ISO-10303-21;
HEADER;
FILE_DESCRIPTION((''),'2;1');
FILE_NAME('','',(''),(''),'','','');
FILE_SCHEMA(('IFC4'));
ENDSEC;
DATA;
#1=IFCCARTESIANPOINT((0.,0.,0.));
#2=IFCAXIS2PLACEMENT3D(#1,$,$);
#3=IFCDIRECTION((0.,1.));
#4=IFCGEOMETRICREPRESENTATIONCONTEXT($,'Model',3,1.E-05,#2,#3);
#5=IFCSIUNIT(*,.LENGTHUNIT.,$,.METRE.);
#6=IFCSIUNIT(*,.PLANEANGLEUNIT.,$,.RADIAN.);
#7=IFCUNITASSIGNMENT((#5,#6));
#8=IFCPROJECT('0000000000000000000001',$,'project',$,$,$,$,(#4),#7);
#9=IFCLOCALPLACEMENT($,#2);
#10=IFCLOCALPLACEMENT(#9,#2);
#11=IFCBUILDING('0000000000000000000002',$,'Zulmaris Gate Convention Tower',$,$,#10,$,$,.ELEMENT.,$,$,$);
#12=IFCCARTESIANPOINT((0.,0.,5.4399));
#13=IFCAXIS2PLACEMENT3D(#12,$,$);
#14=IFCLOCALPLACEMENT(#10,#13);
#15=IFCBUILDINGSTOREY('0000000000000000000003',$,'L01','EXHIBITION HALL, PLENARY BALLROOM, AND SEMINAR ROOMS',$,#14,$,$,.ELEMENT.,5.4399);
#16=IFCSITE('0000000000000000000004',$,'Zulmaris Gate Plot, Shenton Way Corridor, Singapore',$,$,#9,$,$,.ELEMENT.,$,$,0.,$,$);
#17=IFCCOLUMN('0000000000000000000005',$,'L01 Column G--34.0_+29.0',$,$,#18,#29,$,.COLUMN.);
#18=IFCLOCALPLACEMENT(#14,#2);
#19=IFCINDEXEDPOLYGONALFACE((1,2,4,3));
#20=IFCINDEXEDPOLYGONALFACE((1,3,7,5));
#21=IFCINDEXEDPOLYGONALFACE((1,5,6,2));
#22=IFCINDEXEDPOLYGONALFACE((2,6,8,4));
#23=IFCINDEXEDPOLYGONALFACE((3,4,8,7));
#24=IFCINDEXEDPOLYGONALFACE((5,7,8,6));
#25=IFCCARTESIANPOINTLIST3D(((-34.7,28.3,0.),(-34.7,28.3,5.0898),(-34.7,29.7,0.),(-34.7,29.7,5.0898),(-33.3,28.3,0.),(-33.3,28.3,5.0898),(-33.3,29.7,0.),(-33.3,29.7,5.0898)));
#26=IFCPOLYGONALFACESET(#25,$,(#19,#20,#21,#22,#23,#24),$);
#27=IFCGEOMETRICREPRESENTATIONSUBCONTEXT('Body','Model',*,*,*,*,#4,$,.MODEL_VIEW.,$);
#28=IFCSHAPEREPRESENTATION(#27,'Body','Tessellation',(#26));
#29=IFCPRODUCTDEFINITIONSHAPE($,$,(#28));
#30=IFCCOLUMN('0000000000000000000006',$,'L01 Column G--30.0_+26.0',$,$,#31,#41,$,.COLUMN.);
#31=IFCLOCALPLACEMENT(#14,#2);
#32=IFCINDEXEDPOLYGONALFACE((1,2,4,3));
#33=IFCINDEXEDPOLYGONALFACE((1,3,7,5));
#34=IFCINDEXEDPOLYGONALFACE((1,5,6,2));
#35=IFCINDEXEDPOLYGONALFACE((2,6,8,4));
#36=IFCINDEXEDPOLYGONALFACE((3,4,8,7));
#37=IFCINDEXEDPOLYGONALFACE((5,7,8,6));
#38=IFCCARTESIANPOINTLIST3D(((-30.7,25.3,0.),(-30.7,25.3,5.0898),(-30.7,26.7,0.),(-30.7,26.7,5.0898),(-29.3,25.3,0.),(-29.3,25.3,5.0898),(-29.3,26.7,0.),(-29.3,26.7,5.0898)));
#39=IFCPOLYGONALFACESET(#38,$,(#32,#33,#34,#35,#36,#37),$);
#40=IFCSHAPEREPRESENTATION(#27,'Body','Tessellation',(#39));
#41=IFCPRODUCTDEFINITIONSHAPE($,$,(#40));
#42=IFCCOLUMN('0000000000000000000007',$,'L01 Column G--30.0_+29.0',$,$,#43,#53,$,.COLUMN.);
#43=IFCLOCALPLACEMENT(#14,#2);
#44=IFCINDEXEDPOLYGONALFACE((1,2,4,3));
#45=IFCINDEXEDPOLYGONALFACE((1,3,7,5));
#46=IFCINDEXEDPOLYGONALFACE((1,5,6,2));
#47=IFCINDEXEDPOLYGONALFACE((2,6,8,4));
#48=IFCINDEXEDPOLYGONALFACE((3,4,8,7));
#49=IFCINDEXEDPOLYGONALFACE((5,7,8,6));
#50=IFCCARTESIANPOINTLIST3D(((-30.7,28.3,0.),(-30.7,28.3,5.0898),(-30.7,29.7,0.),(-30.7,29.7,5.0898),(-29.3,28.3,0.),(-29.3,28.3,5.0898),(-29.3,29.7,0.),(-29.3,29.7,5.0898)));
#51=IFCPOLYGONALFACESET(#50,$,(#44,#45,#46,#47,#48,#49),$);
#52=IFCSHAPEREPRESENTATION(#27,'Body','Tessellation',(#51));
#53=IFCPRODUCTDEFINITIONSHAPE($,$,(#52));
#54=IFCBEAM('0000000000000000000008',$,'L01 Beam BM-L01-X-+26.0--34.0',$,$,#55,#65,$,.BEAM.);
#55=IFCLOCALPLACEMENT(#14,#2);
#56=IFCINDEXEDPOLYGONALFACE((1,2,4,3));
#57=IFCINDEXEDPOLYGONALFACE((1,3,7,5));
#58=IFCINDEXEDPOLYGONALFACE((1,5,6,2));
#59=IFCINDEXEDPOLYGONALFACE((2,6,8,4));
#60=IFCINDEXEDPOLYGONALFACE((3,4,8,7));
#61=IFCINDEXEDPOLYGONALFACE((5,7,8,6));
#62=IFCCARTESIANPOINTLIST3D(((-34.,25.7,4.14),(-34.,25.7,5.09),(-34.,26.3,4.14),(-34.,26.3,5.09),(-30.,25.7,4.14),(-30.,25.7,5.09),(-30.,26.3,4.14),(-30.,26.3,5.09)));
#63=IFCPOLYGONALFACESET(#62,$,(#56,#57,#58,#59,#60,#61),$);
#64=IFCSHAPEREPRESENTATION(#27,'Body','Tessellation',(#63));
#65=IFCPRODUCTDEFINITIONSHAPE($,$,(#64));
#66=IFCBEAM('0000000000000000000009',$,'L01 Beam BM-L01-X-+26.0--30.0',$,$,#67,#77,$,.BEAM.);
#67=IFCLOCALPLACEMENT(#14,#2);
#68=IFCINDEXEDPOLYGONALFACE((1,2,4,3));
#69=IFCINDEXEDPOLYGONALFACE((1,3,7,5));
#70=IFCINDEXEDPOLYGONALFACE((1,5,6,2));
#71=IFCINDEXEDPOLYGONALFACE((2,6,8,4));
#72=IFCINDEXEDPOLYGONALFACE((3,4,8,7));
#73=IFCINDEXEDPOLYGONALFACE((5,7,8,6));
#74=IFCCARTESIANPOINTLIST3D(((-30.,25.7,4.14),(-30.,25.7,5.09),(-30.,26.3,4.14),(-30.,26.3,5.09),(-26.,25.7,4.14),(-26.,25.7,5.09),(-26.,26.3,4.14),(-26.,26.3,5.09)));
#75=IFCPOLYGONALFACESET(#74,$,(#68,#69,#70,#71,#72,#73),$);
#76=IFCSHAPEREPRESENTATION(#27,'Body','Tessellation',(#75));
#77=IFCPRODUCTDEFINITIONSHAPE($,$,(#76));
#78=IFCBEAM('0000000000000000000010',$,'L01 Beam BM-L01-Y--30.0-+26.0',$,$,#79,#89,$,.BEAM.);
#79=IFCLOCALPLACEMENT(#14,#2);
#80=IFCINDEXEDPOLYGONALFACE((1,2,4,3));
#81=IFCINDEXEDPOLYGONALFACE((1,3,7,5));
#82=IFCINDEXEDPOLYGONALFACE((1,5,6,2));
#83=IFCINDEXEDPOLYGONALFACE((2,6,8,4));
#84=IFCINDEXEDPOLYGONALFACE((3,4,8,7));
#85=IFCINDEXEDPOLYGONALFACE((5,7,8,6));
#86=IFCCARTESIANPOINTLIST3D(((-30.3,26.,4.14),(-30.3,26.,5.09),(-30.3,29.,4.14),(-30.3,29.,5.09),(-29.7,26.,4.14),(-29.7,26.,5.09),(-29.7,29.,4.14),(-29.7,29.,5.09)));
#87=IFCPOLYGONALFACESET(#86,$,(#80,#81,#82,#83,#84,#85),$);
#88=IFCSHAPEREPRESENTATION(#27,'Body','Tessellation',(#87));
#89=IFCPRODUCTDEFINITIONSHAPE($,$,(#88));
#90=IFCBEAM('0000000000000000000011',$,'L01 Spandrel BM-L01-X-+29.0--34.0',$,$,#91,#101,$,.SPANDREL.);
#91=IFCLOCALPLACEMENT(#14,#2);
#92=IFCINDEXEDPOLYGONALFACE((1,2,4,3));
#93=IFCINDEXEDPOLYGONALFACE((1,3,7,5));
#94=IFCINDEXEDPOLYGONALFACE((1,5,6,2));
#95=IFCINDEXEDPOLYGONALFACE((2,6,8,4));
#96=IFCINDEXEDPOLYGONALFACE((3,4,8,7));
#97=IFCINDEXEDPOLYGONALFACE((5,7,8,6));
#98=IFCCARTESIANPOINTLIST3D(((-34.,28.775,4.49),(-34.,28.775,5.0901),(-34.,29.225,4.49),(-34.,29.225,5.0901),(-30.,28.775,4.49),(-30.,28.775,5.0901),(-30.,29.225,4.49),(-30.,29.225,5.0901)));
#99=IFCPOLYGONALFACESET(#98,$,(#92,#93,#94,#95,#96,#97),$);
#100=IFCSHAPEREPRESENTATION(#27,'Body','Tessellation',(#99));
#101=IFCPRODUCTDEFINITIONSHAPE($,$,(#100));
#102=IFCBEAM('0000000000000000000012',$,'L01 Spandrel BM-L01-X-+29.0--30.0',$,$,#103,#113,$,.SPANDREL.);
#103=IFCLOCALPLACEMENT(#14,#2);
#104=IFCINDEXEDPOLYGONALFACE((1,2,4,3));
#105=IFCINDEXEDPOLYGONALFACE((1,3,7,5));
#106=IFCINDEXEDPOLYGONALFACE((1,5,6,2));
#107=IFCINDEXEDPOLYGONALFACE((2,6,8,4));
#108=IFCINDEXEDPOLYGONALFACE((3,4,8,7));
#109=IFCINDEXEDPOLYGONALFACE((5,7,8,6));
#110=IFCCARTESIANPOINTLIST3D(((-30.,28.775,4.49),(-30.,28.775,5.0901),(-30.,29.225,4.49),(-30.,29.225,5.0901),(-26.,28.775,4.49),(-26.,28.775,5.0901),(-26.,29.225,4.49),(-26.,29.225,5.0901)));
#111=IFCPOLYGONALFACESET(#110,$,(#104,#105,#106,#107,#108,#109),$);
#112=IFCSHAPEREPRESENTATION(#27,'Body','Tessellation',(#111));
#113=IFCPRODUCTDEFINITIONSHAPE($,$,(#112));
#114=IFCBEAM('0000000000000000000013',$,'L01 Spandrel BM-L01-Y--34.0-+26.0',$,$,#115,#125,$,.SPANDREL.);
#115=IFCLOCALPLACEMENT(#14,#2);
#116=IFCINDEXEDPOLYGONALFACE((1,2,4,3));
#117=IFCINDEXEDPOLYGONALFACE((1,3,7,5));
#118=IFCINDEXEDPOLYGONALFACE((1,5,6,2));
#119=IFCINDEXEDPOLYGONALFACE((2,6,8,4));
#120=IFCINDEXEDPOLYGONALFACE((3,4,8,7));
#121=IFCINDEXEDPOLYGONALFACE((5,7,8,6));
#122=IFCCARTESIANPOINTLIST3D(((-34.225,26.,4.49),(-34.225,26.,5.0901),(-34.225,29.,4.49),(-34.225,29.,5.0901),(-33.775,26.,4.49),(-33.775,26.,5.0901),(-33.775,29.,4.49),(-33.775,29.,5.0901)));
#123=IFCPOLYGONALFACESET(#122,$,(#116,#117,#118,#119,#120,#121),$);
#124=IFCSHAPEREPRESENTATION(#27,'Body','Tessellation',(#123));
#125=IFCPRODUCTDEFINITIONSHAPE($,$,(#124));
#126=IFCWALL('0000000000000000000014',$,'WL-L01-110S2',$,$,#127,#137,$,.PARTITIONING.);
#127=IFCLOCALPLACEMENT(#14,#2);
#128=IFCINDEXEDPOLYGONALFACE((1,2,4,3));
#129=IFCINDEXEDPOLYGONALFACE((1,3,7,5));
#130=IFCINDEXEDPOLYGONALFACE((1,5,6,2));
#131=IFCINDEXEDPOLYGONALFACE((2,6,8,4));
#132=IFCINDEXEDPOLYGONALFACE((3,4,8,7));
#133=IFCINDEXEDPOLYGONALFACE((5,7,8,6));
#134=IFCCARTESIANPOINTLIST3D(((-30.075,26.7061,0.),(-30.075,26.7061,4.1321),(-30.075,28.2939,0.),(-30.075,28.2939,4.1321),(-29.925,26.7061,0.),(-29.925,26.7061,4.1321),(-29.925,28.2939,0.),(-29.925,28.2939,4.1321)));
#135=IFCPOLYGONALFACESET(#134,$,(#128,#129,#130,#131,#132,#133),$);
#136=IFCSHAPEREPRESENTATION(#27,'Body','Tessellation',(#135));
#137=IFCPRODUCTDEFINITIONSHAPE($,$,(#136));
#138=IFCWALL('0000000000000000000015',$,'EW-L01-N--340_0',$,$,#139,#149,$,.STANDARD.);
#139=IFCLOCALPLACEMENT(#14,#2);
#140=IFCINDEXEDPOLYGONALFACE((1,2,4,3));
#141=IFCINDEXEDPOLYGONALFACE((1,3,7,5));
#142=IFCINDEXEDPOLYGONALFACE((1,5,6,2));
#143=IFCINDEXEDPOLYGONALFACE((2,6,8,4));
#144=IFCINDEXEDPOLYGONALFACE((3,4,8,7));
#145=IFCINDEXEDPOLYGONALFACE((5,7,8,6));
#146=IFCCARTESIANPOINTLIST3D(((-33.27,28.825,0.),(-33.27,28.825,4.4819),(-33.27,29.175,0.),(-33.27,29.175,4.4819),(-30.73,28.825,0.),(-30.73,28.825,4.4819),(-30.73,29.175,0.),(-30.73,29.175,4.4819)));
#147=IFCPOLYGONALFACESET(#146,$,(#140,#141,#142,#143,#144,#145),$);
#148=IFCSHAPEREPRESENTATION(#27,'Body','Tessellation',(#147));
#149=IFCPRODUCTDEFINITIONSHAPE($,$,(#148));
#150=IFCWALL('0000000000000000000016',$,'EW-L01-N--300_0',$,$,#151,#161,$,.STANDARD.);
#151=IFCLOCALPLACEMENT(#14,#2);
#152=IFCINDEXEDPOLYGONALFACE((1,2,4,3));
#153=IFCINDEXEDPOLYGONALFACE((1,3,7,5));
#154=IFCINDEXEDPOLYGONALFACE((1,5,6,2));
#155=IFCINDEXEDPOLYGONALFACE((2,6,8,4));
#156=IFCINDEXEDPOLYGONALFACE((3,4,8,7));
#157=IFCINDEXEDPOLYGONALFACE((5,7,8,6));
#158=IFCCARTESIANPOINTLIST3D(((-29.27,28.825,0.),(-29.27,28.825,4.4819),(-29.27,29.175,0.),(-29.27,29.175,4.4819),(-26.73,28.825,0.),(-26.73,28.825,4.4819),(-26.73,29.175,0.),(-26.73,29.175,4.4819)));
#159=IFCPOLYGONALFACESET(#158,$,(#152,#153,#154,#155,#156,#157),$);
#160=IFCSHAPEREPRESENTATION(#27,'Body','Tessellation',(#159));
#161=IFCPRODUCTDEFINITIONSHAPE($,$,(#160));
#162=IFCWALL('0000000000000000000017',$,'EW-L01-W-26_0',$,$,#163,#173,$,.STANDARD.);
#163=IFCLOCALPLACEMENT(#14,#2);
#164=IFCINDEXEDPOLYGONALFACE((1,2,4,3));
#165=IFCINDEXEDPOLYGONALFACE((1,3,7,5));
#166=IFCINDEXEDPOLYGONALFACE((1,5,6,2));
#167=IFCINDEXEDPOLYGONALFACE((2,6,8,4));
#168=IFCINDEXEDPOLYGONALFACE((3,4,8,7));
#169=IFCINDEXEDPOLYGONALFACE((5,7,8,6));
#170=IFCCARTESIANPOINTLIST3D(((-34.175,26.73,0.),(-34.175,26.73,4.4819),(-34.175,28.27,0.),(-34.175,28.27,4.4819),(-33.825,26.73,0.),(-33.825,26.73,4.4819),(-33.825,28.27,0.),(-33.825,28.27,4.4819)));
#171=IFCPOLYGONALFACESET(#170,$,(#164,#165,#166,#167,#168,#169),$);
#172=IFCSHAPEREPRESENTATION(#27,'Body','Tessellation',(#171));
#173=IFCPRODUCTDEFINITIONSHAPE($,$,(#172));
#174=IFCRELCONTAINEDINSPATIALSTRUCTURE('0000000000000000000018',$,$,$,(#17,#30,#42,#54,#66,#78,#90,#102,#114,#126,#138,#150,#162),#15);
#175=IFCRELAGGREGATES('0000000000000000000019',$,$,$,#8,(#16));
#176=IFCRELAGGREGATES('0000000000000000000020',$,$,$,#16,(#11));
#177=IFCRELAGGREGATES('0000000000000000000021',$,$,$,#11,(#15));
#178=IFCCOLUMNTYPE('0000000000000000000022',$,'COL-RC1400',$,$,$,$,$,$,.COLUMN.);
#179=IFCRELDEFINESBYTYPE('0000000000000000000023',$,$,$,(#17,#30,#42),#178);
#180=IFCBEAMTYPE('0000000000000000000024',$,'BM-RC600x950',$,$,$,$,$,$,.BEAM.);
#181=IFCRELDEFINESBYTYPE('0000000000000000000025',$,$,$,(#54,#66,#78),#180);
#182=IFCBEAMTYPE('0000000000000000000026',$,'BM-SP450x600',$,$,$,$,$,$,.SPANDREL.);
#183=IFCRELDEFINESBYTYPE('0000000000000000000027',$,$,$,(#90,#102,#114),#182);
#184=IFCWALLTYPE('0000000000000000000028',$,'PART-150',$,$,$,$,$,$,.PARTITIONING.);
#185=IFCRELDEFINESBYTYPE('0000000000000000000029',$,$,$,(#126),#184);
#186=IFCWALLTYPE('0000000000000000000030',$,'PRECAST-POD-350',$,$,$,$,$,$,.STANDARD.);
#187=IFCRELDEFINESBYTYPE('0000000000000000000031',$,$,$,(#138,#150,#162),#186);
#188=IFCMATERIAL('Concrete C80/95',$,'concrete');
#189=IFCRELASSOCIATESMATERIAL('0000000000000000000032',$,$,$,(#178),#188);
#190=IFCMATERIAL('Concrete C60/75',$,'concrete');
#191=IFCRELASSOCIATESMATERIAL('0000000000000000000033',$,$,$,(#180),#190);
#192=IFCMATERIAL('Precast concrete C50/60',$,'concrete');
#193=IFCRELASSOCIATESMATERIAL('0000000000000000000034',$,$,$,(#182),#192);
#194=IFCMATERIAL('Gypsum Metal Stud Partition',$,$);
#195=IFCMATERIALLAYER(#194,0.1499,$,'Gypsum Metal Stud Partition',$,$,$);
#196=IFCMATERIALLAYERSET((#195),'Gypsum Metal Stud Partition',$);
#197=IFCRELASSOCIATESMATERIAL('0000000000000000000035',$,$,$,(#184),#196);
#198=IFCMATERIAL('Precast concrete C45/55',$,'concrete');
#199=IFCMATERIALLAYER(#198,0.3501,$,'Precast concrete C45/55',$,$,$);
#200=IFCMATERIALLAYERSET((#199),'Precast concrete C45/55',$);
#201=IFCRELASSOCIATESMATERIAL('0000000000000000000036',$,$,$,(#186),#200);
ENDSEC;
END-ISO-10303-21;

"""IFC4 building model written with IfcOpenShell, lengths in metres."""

from ifc_helpers import new_model, si_unit, direction, frame, frame_2d, origin, origin_2d, place, context, subcontext, project, spatial, rectangle, extrude, material, layer, layer_set, material_profile, profile_set, type_object, element, save


model = new_model("IFC4")

# Units and contexts
model_context = context("Model", 3, precision=1e-05, world=origin(), true_north=direction((0.0, 1.0)))
body_context = subcontext(model_context, "Body", "Model", "MODEL_VIEW")
ifc_project = project(units=[si_unit("LENGTHUNIT", "METRE"), si_unit("PLANEANGLEUNIT", "RADIAN")], contexts=[model_context])

# Site, building, storey
site_placement = place(None, origin())
site = spatial("IfcSite", under=ifc_project, at=site_placement, Name="Zulmaris Gate Plot, Shenton Way Corridor, Singapore", CompositionType="ELEMENT", RefElevation=0.0)
building_placement = place(site_placement, origin())
building = spatial("IfcBuilding", under=site, at=building_placement, Name="Zulmaris Gate Convention Tower", CompositionType="ELEMENT")
storey_placement = place(building_placement, frame((0.0, 0.0, 5.4399)))
storey = spatial("IfcBuildingStorey", under=building, at=storey_placement, Name="L01", Description="EXHIBITION HALL, PLENARY BALLROOM, AND SEMINAR ROOMS", CompositionType="ELEMENT", Elevation=5.4399)

# Columns
ifc_material_1 = material(Name="Concrete C80/95", Category="concrete")
ifc_material_profile_1 = material_profile(ifc_material_1, rectangle(XDim=1.3999, YDim=1.3999, at=origin_2d()), Name="RC COL 1400x1400")
ifc_profile_set_1 = profile_set([ifc_material_profile_1], Name="Concrete C80/95")
column_type = type_object("IfcColumnType", Name="COL-RC1400", PredefinedType="COLUMN", material=ifc_profile_set_1)
for number, where, z_axis, x_axis, name in (
    (1, (-34.0, 29.0, 0.0), (0.0, 0.0, 1.0), (1.0, 0.0, 0.0), "L01 Column G--34.0_+29.0"),
    (2, (-30.0, 26.0, 0.0), (0.0, 0.0, 1.0), (1.0, 0.0, 0.0), "L01 Column G--30.0_+26.0"),
    (3, (-30.0, 29.0, 0.0), (0.0, 0.0, 1.0), (1.0, 0.0, 0.0), "L01 Column G--30.0_+29.0"),
):
    element("IfcColumn", number, at=place(storey_placement, frame(where, z_axis=z_axis, x_axis=x_axis)), inside=storey, type_object=column_type, Name=name, PredefinedType="COLUMN", context=body_context, shape_type="SweptSolid", body=[
        extrude(rectangle(XDim=1.3999, YDim=1.3999, at=origin_2d()), origin(), (0.0, 0.0, 1.0), 5.0898),
    ])

# Beams
ifc_material_2 = material(Name="Concrete C60/75", Category="concrete")
ifc_material_profile_2 = material_profile(ifc_material_2, rectangle(XDim=0.6001, YDim=0.95, at=origin_2d()), Name="RC BEAM 600x950")
ifc_profile_set_2 = profile_set([ifc_material_profile_2], Name="Concrete C60/75")
beam_type_1 = type_object("IfcBeamType", Name="BM-RC600x950", PredefinedType="BEAM", material=ifc_profile_set_2)
for number, where, z_axis, x_axis, name in (
    (4, (-34.0, 26.0, 4.615), (1.0, 0.0, 0.0), (0.0, 1.0, 0.0), "L01 Beam BM-L01-X-+26.0--34.0"),
    (5, (-30.0, 26.0, 4.615), (1.0, 0.0, 0.0), (0.0, 1.0, 0.0), "L01 Beam BM-L01-X-+26.0--30.0"),
):
    element("IfcBeam", number, at=place(storey_placement, frame(where, z_axis=z_axis, x_axis=x_axis)), inside=storey, type_object=beam_type_1, Name=name, PredefinedType="BEAM", context=body_context, shape_type="SweptSolid", body=[
        extrude(rectangle(XDim=0.6001, YDim=0.95, at=origin_2d()), origin(), (0.0, 0.0, 1.0), 4.0),
    ])
beam_1_placement = place(storey_placement, frame((-30.0, 26.0, 4.615), z_axis=(0.0, 1.0, 0.0), x_axis=(-1.0, 0.0, 0.0)))
element("IfcBeam", 6, at=beam_1_placement, inside=storey, type_object=beam_type_1, Name="L01 Beam BM-L01-Y--30.0-+26.0", PredefinedType="BEAM", context=body_context, shape_type="SweptSolid", body=[
    extrude(rectangle(XDim=0.6001, YDim=0.95, at=origin_2d()), origin(), (0.0, 0.0, 1.0), 3.0),
])
ifc_material_3 = material(Name="Precast concrete C50/60", Category="concrete")
ifc_material_profile_3 = material_profile(ifc_material_3, rectangle(XDim=0.45, YDim=0.6001, at=origin_2d()), Name="RC SPANDREL 450x600")
ifc_profile_set_3 = profile_set([ifc_material_profile_3], Name="Precast concrete C50/60")
beam_type_2 = type_object("IfcBeamType", Name="BM-SP450x600", PredefinedType="SPANDREL", material=ifc_profile_set_3)
for number, where, z_axis, x_axis, name in (
    (7, (-34.0, 29.0, 4.79), (1.0, 0.0, 0.0), (0.0, 1.0, 0.0), "L01 Spandrel BM-L01-X-+29.0--34.0"),
    (8, (-30.0, 29.0, 4.79), (1.0, 0.0, 0.0), (0.0, 1.0, 0.0), "L01 Spandrel BM-L01-X-+29.0--30.0"),
):
    element("IfcBeam", number, at=place(storey_placement, frame(where, z_axis=z_axis, x_axis=x_axis)), inside=storey, type_object=beam_type_2, Name=name, PredefinedType="SPANDREL", context=body_context, shape_type="SweptSolid", body=[
        extrude(rectangle(XDim=0.45, YDim=0.6001, at=origin_2d()), origin(), (0.0, 0.0, 1.0), 4.0),
    ])
beam_2_placement = place(storey_placement, frame((-34.0, 26.0, 4.79), z_axis=(0.0, 1.0, 0.0), x_axis=(-1.0, 0.0, 0.0)))
element("IfcBeam", 9, at=beam_2_placement, inside=storey, type_object=beam_type_2, Name="L01 Spandrel BM-L01-Y--34.0-+26.0", PredefinedType="SPANDREL", context=body_context, shape_type="SweptSolid", body=[
    extrude(rectangle(XDim=0.45, YDim=0.6001, at=origin_2d()), origin(), (0.0, 0.0, 1.0), 3.0),
])

# Walls
ifc_material_4 = material(Name="Gypsum Metal Stud Partition")
ifc_layer_1 = layer(ifc_material_4, 0.1499, Name="Gypsum Metal Stud Partition")
ifc_layer_set_1 = layer_set([ifc_layer_1], Name="Gypsum Metal Stud Partition")
wall_type_1 = type_object("IfcWallType", Name="PART-150", PredefinedType="PARTITIONING", material=ifc_layer_set_1)
wall_1_placement = place(storey_placement, frame((-30.0, 26.7061, 0.0), z_axis=(0.0, 0.0, 1.0), x_axis=(0.0, 1.0, 0.0)))
element("IfcWall", 10, at=wall_1_placement, inside=storey, type_object=wall_type_1, Name="WL-L01-110S2", PredefinedType="PARTITIONING", context=body_context, shape_type="SweptSolid", body=[
    extrude(rectangle(XDim=1.5879, YDim=0.1499, at=frame_2d((0.7939, 0.0))), origin(), (0.0, 0.0, 1.0), 4.1321),
])
ifc_material_5 = material(Name="Precast concrete C45/55", Category="concrete")
ifc_layer_2 = layer(ifc_material_5, 0.3501, Name="Precast concrete C45/55")
ifc_layer_set_2 = layer_set([ifc_layer_2], Name="Precast concrete C45/55")
wall_type_2 = type_object("IfcWallType", Name="PRECAST-POD-350", PredefinedType="STANDARD", material=ifc_layer_set_2)
for number, where, z_axis, x_axis, name in (
    (11, (-30.73, 29.0, 0.0), (0.0, 0.0, 1.0), (-1.0, 0.0, 0.0), "EW-L01-N--340_0"),
    (12, (-26.73, 29.0, 0.0), (0.0, 0.0, 1.0), (-1.0, 0.0, 0.0), "EW-L01-N--300_0"),
):
    element("IfcWall", number, at=place(storey_placement, frame(where, z_axis=z_axis, x_axis=x_axis)), inside=storey, type_object=wall_type_2, Name=name, PredefinedType="STANDARD", context=body_context, shape_type="SweptSolid", body=[
        extrude(rectangle(XDim=2.54, YDim=0.3501, at=frame_2d((1.27, 0.0))), origin(), (0.0, 0.0, 1.0), 4.4819),
    ])
wall_2_placement = place(storey_placement, frame((-34.0, 26.73, 0.0), z_axis=(0.0, 0.0, 1.0), x_axis=(0.0, 1.0, 0.0)))
element("IfcWall", 13, at=wall_2_placement, inside=storey, type_object=wall_type_2, Name="EW-L01-W-26_0", PredefinedType="STANDARD", context=body_context, shape_type="SweptSolid", body=[
    extrude(rectangle(XDim=1.54, YDim=0.3501, at=frame_2d((0.77, 0.0))), origin(), (0.0, 0.0, 1.0), 4.4819),
])

save(model, "model.ifc")
